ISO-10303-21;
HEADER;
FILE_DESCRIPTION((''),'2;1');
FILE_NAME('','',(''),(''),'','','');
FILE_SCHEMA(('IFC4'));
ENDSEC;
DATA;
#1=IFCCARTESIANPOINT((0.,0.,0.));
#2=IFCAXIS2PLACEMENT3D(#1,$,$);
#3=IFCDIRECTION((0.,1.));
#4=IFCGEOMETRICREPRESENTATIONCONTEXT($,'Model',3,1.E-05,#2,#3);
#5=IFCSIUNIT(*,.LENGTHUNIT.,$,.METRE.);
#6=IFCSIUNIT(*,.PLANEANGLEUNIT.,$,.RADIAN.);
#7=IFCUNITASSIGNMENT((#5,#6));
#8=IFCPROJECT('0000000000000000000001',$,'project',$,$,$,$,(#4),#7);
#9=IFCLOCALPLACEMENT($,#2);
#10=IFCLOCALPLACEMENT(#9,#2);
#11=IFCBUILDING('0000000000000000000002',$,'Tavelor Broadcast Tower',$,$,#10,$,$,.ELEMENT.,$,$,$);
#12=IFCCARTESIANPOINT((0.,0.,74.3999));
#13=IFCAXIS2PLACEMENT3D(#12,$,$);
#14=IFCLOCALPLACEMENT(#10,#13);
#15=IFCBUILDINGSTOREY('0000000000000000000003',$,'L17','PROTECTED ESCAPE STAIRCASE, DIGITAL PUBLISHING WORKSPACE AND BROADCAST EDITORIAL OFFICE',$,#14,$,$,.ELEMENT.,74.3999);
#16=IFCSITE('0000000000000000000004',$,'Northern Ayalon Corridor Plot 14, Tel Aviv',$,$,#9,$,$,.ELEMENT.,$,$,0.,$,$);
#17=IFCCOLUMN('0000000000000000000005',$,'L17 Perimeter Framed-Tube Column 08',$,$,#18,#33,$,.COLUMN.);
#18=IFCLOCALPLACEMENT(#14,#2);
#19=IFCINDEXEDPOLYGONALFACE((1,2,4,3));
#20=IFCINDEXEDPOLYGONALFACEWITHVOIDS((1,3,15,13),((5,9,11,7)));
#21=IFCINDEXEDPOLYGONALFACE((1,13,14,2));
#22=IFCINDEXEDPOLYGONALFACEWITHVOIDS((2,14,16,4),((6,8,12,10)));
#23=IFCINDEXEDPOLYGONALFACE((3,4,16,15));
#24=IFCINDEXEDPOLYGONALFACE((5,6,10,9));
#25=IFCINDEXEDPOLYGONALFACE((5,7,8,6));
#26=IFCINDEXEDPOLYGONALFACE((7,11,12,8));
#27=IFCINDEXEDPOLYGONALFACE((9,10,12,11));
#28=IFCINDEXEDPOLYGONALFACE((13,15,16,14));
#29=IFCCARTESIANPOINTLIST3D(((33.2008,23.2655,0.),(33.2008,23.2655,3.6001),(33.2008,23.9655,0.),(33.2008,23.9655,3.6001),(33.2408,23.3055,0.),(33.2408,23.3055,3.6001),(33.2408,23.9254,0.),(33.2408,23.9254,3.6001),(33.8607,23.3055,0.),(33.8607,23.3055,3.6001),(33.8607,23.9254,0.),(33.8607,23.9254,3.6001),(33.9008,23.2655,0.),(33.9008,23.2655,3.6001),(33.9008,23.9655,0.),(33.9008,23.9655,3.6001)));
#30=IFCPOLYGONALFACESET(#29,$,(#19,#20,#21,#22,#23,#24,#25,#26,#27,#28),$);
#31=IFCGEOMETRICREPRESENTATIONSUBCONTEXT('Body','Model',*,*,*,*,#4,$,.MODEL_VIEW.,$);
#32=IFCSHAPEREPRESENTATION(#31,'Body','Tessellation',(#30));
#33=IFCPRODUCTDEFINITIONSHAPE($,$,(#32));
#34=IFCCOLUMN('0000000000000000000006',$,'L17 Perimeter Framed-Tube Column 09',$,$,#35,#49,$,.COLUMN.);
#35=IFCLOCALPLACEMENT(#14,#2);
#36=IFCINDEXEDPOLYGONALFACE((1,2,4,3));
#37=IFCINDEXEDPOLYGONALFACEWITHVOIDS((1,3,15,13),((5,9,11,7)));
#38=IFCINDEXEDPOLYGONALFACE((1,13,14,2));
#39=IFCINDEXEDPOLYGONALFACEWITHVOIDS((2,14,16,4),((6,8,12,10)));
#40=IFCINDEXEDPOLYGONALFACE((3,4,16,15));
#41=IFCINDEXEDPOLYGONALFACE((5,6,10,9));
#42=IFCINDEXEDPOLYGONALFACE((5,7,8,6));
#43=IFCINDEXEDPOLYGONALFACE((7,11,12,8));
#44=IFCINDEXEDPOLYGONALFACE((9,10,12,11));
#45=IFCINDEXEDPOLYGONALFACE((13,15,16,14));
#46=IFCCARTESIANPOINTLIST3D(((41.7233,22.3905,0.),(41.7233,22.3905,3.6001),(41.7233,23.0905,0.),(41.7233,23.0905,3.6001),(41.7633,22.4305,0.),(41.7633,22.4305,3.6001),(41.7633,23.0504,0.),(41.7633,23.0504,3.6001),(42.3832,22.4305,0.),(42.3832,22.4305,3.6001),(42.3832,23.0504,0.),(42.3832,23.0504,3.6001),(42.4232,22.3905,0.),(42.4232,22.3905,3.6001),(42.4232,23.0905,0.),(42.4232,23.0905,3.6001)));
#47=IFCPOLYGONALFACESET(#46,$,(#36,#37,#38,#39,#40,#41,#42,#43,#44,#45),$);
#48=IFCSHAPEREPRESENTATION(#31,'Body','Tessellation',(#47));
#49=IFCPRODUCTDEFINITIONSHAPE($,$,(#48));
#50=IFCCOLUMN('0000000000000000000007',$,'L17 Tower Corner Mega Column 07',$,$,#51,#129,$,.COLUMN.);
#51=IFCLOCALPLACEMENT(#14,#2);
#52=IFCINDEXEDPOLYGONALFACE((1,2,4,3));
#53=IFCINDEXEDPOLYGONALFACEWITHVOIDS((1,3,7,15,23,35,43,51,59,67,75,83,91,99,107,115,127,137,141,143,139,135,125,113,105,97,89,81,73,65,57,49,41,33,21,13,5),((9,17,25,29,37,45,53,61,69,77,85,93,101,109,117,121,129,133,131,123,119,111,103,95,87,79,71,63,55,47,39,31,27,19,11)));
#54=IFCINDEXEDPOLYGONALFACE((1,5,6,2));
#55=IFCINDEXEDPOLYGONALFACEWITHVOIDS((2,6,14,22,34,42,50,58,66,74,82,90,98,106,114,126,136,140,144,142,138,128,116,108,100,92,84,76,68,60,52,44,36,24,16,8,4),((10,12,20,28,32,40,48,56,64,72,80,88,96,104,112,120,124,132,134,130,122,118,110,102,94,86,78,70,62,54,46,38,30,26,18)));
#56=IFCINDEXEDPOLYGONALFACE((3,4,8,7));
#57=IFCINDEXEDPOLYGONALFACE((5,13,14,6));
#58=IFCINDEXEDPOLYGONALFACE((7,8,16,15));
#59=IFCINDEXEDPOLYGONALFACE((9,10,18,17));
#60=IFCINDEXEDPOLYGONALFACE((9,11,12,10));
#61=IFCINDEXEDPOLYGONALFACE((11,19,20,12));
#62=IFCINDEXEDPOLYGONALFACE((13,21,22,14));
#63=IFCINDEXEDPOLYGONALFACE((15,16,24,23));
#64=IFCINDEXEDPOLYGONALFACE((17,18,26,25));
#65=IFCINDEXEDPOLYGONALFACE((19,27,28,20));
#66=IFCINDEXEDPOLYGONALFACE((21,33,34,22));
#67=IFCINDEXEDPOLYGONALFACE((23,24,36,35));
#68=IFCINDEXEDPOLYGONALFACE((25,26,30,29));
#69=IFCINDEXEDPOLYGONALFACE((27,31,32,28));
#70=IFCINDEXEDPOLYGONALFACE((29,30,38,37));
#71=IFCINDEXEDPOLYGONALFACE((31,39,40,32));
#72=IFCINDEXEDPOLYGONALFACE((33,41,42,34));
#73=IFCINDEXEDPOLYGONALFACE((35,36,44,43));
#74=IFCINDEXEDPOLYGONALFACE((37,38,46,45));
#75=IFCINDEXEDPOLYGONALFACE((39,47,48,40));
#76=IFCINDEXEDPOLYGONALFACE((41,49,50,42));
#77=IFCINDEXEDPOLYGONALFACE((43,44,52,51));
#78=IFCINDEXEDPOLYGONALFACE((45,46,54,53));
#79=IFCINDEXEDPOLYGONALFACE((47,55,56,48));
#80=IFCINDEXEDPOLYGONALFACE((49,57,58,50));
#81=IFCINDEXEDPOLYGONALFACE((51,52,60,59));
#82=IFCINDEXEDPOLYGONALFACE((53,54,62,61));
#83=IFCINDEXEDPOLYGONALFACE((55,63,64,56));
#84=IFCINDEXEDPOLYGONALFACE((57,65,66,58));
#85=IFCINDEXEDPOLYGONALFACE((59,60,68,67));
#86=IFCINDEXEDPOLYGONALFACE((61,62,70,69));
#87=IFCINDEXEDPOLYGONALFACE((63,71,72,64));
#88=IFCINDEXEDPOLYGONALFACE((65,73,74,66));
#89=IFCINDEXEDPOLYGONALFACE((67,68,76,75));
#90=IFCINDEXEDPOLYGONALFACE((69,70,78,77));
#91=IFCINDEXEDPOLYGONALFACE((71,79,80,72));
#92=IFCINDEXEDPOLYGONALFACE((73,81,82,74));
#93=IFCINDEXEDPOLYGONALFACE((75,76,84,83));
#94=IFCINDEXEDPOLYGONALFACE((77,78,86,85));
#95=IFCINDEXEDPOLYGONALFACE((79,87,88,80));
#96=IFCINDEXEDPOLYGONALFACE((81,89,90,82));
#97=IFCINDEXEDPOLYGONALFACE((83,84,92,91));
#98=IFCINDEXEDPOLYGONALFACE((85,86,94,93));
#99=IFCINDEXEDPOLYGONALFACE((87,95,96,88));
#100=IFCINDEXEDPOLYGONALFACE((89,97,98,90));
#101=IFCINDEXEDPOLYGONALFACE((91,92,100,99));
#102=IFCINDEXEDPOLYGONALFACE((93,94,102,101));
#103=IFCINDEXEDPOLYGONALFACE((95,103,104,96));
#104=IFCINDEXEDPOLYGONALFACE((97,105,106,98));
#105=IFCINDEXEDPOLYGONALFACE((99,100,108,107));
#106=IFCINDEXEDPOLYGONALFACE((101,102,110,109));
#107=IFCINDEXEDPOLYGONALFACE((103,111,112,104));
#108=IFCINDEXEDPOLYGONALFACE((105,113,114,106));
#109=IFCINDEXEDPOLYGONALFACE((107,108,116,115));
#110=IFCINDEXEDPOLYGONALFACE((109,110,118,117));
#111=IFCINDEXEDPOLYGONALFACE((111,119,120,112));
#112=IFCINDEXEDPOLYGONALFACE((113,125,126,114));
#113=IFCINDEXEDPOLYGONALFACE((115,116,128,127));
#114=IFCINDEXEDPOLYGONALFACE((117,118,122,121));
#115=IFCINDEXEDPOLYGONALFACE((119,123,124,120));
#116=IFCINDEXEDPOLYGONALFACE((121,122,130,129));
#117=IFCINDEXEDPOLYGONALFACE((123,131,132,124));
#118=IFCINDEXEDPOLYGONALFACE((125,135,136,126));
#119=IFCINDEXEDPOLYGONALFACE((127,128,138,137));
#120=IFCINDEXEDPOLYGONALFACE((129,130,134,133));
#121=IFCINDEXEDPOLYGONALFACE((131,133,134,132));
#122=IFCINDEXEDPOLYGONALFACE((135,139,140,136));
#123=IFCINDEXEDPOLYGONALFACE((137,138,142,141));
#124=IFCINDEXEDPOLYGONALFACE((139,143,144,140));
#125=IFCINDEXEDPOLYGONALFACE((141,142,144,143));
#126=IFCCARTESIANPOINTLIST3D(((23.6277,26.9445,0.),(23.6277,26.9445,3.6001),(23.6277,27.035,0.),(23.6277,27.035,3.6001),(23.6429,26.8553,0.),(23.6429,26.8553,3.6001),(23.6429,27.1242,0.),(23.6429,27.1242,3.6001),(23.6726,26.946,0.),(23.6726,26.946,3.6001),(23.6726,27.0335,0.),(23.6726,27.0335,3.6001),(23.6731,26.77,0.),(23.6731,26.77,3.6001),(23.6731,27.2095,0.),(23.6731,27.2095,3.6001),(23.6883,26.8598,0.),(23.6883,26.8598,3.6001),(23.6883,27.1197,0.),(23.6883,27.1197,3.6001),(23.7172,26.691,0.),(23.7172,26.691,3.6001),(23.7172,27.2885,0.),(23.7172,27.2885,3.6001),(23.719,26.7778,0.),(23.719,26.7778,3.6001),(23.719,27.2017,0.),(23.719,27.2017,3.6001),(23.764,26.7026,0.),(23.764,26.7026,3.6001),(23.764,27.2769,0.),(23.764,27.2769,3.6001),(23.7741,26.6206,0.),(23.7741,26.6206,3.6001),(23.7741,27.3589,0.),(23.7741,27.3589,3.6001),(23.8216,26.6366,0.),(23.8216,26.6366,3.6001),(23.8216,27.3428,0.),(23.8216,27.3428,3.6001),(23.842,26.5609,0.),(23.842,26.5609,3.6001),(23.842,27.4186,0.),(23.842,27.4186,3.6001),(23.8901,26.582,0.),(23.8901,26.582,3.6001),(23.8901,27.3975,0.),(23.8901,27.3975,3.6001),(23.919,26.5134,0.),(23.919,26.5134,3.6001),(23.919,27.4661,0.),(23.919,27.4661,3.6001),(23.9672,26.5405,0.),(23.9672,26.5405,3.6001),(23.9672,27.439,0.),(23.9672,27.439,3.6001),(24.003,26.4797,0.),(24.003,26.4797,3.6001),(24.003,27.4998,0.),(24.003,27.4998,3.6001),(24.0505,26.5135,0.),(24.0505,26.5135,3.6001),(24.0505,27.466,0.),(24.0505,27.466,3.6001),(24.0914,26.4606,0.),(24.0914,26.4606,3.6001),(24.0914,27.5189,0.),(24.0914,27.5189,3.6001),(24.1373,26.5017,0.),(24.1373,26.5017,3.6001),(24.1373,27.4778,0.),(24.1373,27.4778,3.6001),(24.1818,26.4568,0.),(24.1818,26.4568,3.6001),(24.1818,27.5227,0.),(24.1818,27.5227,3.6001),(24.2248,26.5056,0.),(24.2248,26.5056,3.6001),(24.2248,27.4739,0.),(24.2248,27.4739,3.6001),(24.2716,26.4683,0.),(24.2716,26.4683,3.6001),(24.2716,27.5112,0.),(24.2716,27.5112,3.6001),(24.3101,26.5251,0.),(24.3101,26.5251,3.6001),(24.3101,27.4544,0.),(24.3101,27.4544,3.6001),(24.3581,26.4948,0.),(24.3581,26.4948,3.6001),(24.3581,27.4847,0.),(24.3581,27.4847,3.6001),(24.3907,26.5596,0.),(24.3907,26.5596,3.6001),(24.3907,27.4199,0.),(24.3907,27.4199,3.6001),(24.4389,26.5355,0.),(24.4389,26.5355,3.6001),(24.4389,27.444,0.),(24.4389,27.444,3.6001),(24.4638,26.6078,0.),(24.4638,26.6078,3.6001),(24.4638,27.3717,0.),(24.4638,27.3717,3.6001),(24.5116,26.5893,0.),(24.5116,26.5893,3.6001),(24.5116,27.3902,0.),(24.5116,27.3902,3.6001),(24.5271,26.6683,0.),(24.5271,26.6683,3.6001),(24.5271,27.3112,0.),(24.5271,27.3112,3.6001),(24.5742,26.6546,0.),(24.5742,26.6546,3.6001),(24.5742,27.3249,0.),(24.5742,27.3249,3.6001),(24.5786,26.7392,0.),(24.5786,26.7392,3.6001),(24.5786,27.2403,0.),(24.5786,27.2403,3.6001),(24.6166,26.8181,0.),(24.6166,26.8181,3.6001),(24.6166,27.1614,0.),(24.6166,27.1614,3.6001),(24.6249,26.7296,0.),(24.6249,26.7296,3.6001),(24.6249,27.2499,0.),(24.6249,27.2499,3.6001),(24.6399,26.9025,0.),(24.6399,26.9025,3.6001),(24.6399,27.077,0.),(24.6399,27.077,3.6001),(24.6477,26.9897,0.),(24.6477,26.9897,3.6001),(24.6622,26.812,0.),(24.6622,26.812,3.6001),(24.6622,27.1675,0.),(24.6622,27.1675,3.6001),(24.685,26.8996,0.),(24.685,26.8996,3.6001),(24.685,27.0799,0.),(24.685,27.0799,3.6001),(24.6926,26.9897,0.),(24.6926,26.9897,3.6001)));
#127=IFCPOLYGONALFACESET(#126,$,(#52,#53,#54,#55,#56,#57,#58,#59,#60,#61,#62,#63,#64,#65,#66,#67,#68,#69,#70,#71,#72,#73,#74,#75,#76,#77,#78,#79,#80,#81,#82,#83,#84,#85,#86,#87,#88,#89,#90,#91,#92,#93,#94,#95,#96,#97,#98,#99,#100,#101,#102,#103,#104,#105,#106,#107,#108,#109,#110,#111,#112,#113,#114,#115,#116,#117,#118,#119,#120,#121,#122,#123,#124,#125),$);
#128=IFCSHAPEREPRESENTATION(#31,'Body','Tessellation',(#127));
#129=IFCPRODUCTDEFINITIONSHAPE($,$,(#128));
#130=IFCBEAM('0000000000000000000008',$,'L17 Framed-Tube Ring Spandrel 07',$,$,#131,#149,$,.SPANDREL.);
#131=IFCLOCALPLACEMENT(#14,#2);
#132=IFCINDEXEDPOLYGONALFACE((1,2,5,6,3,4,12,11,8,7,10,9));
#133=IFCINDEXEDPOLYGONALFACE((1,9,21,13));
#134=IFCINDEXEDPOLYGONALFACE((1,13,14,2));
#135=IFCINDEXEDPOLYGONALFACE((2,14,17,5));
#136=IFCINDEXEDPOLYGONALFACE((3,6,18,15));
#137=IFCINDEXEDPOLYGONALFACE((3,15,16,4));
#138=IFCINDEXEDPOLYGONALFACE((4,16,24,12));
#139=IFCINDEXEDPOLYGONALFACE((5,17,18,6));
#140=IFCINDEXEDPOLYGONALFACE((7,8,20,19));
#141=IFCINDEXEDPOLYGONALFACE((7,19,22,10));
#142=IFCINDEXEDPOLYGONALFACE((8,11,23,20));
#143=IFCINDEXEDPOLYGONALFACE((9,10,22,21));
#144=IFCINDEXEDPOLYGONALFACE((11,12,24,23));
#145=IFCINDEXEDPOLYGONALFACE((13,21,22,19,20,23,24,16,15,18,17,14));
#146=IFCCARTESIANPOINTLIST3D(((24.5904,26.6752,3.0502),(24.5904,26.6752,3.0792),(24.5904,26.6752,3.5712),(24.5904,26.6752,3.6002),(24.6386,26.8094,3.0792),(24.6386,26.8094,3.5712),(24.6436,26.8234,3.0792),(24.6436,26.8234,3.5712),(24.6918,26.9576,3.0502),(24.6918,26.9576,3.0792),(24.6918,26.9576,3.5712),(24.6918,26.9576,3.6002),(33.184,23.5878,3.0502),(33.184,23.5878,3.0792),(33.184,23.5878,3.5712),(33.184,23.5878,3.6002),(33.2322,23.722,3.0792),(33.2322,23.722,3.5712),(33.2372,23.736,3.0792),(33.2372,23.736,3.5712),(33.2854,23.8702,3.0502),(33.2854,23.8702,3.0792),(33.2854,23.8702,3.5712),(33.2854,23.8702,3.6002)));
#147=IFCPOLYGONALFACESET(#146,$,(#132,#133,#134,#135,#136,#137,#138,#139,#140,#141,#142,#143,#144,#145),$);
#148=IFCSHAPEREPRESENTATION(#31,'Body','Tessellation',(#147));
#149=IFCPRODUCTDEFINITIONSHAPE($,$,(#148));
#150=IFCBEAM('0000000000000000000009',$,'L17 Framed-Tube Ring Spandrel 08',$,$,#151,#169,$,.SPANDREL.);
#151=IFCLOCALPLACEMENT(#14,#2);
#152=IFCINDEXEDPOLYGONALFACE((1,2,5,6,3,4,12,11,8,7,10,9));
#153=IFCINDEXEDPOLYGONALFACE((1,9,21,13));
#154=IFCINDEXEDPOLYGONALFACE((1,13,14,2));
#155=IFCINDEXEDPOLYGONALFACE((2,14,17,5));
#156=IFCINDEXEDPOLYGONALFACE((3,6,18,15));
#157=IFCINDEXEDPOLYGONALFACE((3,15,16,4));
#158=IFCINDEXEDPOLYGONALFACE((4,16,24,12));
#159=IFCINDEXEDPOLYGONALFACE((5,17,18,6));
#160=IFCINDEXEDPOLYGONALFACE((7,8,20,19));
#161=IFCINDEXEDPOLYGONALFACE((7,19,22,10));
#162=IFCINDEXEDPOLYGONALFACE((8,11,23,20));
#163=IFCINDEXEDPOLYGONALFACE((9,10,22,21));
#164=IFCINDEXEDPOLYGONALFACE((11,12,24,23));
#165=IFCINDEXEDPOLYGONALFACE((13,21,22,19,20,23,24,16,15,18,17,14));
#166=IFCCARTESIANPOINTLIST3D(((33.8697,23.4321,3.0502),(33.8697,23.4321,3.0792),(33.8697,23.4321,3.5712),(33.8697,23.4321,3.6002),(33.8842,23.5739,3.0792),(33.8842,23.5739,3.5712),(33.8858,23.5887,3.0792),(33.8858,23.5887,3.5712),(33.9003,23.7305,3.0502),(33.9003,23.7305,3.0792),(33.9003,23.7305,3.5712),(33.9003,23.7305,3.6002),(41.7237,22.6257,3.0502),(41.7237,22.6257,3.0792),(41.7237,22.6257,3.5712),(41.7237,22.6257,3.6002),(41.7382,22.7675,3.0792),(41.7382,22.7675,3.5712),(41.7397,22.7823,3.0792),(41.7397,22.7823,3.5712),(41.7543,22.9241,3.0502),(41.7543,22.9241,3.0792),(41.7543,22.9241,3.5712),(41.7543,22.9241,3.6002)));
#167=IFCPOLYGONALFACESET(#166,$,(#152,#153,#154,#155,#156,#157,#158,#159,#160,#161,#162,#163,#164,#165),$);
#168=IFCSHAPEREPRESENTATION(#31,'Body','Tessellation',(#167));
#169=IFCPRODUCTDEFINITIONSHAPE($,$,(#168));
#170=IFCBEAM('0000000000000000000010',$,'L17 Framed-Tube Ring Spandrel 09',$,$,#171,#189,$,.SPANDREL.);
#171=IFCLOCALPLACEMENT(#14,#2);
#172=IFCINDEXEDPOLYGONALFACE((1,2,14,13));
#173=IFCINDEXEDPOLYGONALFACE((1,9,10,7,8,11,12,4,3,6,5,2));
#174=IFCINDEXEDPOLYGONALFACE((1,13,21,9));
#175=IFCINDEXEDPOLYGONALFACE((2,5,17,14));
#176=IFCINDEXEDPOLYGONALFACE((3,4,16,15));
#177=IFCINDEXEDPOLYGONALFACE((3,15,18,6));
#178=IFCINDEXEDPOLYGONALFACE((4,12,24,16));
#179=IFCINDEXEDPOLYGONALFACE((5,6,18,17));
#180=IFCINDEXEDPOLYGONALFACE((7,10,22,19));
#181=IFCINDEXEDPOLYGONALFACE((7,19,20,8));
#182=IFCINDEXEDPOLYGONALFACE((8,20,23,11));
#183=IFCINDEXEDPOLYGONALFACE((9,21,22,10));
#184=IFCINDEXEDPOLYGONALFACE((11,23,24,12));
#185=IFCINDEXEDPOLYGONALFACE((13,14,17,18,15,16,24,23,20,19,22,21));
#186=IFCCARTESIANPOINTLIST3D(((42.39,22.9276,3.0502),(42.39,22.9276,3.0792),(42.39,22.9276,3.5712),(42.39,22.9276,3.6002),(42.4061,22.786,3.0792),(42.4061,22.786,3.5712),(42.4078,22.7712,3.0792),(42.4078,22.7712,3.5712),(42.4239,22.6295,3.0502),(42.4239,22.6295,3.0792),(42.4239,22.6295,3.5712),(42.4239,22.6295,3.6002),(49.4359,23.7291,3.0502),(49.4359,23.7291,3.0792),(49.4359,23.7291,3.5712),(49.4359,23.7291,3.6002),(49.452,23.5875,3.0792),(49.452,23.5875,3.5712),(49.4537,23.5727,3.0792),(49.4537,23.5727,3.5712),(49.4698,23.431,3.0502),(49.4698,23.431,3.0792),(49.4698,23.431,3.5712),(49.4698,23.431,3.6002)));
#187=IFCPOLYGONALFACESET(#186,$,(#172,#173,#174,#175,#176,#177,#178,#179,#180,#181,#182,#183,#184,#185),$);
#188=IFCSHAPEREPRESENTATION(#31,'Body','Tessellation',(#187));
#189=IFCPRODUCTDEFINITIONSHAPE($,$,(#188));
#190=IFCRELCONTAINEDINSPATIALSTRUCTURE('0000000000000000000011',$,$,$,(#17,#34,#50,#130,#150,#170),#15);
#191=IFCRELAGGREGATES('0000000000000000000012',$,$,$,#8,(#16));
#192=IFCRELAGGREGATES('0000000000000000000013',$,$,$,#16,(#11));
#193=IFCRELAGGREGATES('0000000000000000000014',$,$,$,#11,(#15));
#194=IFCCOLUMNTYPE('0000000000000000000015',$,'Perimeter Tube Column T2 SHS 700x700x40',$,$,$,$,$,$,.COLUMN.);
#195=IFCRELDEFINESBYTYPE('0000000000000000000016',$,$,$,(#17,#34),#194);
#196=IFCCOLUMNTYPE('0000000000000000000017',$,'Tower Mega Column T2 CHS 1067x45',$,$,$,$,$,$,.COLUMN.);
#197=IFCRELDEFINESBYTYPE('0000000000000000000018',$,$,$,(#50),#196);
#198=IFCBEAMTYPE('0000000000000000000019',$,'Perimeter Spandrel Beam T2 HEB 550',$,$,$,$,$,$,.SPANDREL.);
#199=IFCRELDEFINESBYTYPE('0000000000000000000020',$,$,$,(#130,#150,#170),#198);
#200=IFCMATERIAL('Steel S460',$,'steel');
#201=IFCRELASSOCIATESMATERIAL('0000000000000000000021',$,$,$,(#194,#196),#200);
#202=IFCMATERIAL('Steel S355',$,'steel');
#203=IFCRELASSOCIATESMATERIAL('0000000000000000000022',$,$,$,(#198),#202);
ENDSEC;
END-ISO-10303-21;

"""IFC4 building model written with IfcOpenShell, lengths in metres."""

from ifc_helpers import new_model, si_unit, direction, frame, origin, origin_2d, place, context, subcontext, project, spatial, hollow_rectangle, hollow_circle, i_section, extrude, material, material_profile, profile_set, type_object, element, save


model = new_model("IFC4")

# Units and contexts
model_context = context("Model", 3, precision=1e-05, world=origin(), true_north=direction((0.0, 1.0)))
body_context = subcontext(model_context, "Body", "Model", "MODEL_VIEW")
ifc_project = project(units=[si_unit("LENGTHUNIT", "METRE"), si_unit("PLANEANGLEUNIT", "RADIAN")], contexts=[model_context])

# Site, building, storey
site_placement = place(None, origin())
site = spatial("IfcSite", under=ifc_project, at=site_placement, Name="Northern Ayalon Corridor Plot 14, Tel Aviv", CompositionType="ELEMENT", RefElevation=0.0)
building_placement = place(site_placement, origin())
building = spatial("IfcBuilding", under=site, at=building_placement, Name="Tavelor Broadcast Tower", CompositionType="ELEMENT")
storey_placement = place(building_placement, frame((0.0, 0.0, 74.3999)))
storey = spatial("IfcBuildingStorey", under=building, at=storey_placement, Name="L17", Description="PROTECTED ESCAPE STAIRCASE, DIGITAL PUBLISHING WORKSPACE AND BROADCAST EDITORIAL OFFICE", CompositionType="ELEMENT", Elevation=74.3999)

# Columns
ifc_material_1 = material(Name="Steel S460", Category="steel")
ifc_material_profile_1 = material_profile(ifc_material_1, hollow_rectangle(XDim=0.7, YDim=0.7, WallThickness=0.04, at=origin_2d()), Name="SHS 700x700x40")
ifc_profile_set_1 = profile_set([ifc_material_profile_1], Name="Steel S460")
column_type_1 = type_object("IfcColumnType", Name="Perimeter Tube Column T2 SHS 700x700x40", PredefinedType="COLUMN", material=ifc_profile_set_1)
for number, where, z_axis, x_axis, name in (
    (1, (33.5508, 23.6155, 0.0), (0.0, 0.0, 1.0), (1.0, 0.0, 0.0), "L17 Perimeter Framed-Tube Column 08"),
    (2, (42.0732, 22.7405, 0.0), (0.0, 0.0, 1.0), (1.0, 0.0, 0.0), "L17 Perimeter Framed-Tube Column 09"),
):
    element("IfcColumn", number, at=place(storey_placement, frame(where, z_axis=z_axis, x_axis=x_axis)), inside=storey, type_object=column_type_1, Name=name, PredefinedType="COLUMN", context=body_context, shape_type="SweptSolid", body=[
        extrude(hollow_rectangle(XDim=0.7, YDim=0.7, WallThickness=0.04, at=origin_2d()), origin(), (0.0, 0.0, 1.0), 3.6001),
    ])
ifc_material_profile_2 = material_profile(ifc_material_1, hollow_circle(Radius=0.5334, WallThickness=0.0449, at=origin_2d()), Name="CHS 1067x45")
ifc_profile_set_2 = profile_set([ifc_material_profile_2], Name="Steel S460")
column_type_2 = type_object("IfcColumnType", Name="Tower Mega Column T2 CHS 1067x45", PredefinedType="COLUMN", material=ifc_profile_set_2)
column_placement = place(storey_placement, frame((24.1592, 26.9897, 0.0), z_axis=(0.0, 0.0, 1.0), x_axis=(1.0, 0.0, 0.0)))
element("IfcColumn", 3, at=column_placement, inside=storey, type_object=column_type_2, Name="L17 Tower Corner Mega Column 07", PredefinedType="COLUMN", context=body_context, shape_type="SweptSolid", body=[
    extrude(hollow_circle(Radius=0.5334, WallThickness=0.0449, at=origin_2d()), origin(), (0.0, 0.0, 1.0), 3.6001),
])

# Beams
ifc_material_2 = material(Name="Steel S355", Category="steel")
ifc_material_profile_3 = material_profile(ifc_material_2, i_section(OverallWidth=0.3, OverallDepth=0.55, WebThickness=0.0149, FlangeThickness=0.0291, at=origin_2d()), Name="HEB 550")
ifc_profile_set_3 = profile_set([ifc_material_profile_3], Name="Steel S355")
beam_type = type_object("IfcBeamType", Name="Perimeter Spandrel Beam T2 HEB 550", PredefinedType="SPANDREL", material=ifc_profile_set_3)
beam_1_placement = place(storey_placement, frame((24.6411, 26.8164, 3.3252), z_axis=(0.941106, -0.338113, 0.0), x_axis=(0.338113, 0.941106, 0.0)))
element("IfcBeam", 4, at=beam_1_placement, inside=storey, type_object=beam_type, Name="L17 Framed-Tube Ring Spandrel 07", PredefinedType="SPANDREL", context=body_context, shape_type="SweptSolid", body=[
    extrude(i_section(OverallWidth=0.3, OverallDepth=0.55, WebThickness=0.0149, FlangeThickness=0.0291, at=origin_2d()), origin(), (0.0, 0.0, 1.0), 9.1313),
])
beam_2_placement = place(storey_placement, frame((33.885, 23.5813, 3.3252), z_axis=(0.99477, -0.102136, 0.0), x_axis=(0.102136, 0.99477, 0.0)))
element("IfcBeam", 5, at=beam_2_placement, inside=storey, type_object=beam_type, Name="L17 Framed-Tube Ring Spandrel 08", PredefinedType="SPANDREL", context=body_context, shape_type="SweptSolid", body=[
    extrude(i_section(OverallWidth=0.3, OverallDepth=0.55, WebThickness=0.0149, FlangeThickness=0.0291, at=origin_2d()), origin(), (0.0, 0.0, 1.0), 7.8953),
])
beam_3_placement = place(storey_placement, frame((42.407, 22.7786, 3.3252), z_axis=(0.993592, 0.113027, 0.0), x_axis=(-0.113027, 0.993592, 0.0)))
element("IfcBeam", 6, at=beam_3_placement, inside=storey, type_object=beam_type, Name="L17 Framed-Tube Ring Spandrel 09", PredefinedType="SPANDREL", context=body_context, shape_type="SweptSolid", body=[
    extrude(i_section(OverallWidth=0.3, OverallDepth=0.55, WebThickness=0.0149, FlangeThickness=0.0291, at=origin_2d()), origin(), (0.0, 0.0, 1.0), 7.0913),
])

save(model, "model.ifc")
